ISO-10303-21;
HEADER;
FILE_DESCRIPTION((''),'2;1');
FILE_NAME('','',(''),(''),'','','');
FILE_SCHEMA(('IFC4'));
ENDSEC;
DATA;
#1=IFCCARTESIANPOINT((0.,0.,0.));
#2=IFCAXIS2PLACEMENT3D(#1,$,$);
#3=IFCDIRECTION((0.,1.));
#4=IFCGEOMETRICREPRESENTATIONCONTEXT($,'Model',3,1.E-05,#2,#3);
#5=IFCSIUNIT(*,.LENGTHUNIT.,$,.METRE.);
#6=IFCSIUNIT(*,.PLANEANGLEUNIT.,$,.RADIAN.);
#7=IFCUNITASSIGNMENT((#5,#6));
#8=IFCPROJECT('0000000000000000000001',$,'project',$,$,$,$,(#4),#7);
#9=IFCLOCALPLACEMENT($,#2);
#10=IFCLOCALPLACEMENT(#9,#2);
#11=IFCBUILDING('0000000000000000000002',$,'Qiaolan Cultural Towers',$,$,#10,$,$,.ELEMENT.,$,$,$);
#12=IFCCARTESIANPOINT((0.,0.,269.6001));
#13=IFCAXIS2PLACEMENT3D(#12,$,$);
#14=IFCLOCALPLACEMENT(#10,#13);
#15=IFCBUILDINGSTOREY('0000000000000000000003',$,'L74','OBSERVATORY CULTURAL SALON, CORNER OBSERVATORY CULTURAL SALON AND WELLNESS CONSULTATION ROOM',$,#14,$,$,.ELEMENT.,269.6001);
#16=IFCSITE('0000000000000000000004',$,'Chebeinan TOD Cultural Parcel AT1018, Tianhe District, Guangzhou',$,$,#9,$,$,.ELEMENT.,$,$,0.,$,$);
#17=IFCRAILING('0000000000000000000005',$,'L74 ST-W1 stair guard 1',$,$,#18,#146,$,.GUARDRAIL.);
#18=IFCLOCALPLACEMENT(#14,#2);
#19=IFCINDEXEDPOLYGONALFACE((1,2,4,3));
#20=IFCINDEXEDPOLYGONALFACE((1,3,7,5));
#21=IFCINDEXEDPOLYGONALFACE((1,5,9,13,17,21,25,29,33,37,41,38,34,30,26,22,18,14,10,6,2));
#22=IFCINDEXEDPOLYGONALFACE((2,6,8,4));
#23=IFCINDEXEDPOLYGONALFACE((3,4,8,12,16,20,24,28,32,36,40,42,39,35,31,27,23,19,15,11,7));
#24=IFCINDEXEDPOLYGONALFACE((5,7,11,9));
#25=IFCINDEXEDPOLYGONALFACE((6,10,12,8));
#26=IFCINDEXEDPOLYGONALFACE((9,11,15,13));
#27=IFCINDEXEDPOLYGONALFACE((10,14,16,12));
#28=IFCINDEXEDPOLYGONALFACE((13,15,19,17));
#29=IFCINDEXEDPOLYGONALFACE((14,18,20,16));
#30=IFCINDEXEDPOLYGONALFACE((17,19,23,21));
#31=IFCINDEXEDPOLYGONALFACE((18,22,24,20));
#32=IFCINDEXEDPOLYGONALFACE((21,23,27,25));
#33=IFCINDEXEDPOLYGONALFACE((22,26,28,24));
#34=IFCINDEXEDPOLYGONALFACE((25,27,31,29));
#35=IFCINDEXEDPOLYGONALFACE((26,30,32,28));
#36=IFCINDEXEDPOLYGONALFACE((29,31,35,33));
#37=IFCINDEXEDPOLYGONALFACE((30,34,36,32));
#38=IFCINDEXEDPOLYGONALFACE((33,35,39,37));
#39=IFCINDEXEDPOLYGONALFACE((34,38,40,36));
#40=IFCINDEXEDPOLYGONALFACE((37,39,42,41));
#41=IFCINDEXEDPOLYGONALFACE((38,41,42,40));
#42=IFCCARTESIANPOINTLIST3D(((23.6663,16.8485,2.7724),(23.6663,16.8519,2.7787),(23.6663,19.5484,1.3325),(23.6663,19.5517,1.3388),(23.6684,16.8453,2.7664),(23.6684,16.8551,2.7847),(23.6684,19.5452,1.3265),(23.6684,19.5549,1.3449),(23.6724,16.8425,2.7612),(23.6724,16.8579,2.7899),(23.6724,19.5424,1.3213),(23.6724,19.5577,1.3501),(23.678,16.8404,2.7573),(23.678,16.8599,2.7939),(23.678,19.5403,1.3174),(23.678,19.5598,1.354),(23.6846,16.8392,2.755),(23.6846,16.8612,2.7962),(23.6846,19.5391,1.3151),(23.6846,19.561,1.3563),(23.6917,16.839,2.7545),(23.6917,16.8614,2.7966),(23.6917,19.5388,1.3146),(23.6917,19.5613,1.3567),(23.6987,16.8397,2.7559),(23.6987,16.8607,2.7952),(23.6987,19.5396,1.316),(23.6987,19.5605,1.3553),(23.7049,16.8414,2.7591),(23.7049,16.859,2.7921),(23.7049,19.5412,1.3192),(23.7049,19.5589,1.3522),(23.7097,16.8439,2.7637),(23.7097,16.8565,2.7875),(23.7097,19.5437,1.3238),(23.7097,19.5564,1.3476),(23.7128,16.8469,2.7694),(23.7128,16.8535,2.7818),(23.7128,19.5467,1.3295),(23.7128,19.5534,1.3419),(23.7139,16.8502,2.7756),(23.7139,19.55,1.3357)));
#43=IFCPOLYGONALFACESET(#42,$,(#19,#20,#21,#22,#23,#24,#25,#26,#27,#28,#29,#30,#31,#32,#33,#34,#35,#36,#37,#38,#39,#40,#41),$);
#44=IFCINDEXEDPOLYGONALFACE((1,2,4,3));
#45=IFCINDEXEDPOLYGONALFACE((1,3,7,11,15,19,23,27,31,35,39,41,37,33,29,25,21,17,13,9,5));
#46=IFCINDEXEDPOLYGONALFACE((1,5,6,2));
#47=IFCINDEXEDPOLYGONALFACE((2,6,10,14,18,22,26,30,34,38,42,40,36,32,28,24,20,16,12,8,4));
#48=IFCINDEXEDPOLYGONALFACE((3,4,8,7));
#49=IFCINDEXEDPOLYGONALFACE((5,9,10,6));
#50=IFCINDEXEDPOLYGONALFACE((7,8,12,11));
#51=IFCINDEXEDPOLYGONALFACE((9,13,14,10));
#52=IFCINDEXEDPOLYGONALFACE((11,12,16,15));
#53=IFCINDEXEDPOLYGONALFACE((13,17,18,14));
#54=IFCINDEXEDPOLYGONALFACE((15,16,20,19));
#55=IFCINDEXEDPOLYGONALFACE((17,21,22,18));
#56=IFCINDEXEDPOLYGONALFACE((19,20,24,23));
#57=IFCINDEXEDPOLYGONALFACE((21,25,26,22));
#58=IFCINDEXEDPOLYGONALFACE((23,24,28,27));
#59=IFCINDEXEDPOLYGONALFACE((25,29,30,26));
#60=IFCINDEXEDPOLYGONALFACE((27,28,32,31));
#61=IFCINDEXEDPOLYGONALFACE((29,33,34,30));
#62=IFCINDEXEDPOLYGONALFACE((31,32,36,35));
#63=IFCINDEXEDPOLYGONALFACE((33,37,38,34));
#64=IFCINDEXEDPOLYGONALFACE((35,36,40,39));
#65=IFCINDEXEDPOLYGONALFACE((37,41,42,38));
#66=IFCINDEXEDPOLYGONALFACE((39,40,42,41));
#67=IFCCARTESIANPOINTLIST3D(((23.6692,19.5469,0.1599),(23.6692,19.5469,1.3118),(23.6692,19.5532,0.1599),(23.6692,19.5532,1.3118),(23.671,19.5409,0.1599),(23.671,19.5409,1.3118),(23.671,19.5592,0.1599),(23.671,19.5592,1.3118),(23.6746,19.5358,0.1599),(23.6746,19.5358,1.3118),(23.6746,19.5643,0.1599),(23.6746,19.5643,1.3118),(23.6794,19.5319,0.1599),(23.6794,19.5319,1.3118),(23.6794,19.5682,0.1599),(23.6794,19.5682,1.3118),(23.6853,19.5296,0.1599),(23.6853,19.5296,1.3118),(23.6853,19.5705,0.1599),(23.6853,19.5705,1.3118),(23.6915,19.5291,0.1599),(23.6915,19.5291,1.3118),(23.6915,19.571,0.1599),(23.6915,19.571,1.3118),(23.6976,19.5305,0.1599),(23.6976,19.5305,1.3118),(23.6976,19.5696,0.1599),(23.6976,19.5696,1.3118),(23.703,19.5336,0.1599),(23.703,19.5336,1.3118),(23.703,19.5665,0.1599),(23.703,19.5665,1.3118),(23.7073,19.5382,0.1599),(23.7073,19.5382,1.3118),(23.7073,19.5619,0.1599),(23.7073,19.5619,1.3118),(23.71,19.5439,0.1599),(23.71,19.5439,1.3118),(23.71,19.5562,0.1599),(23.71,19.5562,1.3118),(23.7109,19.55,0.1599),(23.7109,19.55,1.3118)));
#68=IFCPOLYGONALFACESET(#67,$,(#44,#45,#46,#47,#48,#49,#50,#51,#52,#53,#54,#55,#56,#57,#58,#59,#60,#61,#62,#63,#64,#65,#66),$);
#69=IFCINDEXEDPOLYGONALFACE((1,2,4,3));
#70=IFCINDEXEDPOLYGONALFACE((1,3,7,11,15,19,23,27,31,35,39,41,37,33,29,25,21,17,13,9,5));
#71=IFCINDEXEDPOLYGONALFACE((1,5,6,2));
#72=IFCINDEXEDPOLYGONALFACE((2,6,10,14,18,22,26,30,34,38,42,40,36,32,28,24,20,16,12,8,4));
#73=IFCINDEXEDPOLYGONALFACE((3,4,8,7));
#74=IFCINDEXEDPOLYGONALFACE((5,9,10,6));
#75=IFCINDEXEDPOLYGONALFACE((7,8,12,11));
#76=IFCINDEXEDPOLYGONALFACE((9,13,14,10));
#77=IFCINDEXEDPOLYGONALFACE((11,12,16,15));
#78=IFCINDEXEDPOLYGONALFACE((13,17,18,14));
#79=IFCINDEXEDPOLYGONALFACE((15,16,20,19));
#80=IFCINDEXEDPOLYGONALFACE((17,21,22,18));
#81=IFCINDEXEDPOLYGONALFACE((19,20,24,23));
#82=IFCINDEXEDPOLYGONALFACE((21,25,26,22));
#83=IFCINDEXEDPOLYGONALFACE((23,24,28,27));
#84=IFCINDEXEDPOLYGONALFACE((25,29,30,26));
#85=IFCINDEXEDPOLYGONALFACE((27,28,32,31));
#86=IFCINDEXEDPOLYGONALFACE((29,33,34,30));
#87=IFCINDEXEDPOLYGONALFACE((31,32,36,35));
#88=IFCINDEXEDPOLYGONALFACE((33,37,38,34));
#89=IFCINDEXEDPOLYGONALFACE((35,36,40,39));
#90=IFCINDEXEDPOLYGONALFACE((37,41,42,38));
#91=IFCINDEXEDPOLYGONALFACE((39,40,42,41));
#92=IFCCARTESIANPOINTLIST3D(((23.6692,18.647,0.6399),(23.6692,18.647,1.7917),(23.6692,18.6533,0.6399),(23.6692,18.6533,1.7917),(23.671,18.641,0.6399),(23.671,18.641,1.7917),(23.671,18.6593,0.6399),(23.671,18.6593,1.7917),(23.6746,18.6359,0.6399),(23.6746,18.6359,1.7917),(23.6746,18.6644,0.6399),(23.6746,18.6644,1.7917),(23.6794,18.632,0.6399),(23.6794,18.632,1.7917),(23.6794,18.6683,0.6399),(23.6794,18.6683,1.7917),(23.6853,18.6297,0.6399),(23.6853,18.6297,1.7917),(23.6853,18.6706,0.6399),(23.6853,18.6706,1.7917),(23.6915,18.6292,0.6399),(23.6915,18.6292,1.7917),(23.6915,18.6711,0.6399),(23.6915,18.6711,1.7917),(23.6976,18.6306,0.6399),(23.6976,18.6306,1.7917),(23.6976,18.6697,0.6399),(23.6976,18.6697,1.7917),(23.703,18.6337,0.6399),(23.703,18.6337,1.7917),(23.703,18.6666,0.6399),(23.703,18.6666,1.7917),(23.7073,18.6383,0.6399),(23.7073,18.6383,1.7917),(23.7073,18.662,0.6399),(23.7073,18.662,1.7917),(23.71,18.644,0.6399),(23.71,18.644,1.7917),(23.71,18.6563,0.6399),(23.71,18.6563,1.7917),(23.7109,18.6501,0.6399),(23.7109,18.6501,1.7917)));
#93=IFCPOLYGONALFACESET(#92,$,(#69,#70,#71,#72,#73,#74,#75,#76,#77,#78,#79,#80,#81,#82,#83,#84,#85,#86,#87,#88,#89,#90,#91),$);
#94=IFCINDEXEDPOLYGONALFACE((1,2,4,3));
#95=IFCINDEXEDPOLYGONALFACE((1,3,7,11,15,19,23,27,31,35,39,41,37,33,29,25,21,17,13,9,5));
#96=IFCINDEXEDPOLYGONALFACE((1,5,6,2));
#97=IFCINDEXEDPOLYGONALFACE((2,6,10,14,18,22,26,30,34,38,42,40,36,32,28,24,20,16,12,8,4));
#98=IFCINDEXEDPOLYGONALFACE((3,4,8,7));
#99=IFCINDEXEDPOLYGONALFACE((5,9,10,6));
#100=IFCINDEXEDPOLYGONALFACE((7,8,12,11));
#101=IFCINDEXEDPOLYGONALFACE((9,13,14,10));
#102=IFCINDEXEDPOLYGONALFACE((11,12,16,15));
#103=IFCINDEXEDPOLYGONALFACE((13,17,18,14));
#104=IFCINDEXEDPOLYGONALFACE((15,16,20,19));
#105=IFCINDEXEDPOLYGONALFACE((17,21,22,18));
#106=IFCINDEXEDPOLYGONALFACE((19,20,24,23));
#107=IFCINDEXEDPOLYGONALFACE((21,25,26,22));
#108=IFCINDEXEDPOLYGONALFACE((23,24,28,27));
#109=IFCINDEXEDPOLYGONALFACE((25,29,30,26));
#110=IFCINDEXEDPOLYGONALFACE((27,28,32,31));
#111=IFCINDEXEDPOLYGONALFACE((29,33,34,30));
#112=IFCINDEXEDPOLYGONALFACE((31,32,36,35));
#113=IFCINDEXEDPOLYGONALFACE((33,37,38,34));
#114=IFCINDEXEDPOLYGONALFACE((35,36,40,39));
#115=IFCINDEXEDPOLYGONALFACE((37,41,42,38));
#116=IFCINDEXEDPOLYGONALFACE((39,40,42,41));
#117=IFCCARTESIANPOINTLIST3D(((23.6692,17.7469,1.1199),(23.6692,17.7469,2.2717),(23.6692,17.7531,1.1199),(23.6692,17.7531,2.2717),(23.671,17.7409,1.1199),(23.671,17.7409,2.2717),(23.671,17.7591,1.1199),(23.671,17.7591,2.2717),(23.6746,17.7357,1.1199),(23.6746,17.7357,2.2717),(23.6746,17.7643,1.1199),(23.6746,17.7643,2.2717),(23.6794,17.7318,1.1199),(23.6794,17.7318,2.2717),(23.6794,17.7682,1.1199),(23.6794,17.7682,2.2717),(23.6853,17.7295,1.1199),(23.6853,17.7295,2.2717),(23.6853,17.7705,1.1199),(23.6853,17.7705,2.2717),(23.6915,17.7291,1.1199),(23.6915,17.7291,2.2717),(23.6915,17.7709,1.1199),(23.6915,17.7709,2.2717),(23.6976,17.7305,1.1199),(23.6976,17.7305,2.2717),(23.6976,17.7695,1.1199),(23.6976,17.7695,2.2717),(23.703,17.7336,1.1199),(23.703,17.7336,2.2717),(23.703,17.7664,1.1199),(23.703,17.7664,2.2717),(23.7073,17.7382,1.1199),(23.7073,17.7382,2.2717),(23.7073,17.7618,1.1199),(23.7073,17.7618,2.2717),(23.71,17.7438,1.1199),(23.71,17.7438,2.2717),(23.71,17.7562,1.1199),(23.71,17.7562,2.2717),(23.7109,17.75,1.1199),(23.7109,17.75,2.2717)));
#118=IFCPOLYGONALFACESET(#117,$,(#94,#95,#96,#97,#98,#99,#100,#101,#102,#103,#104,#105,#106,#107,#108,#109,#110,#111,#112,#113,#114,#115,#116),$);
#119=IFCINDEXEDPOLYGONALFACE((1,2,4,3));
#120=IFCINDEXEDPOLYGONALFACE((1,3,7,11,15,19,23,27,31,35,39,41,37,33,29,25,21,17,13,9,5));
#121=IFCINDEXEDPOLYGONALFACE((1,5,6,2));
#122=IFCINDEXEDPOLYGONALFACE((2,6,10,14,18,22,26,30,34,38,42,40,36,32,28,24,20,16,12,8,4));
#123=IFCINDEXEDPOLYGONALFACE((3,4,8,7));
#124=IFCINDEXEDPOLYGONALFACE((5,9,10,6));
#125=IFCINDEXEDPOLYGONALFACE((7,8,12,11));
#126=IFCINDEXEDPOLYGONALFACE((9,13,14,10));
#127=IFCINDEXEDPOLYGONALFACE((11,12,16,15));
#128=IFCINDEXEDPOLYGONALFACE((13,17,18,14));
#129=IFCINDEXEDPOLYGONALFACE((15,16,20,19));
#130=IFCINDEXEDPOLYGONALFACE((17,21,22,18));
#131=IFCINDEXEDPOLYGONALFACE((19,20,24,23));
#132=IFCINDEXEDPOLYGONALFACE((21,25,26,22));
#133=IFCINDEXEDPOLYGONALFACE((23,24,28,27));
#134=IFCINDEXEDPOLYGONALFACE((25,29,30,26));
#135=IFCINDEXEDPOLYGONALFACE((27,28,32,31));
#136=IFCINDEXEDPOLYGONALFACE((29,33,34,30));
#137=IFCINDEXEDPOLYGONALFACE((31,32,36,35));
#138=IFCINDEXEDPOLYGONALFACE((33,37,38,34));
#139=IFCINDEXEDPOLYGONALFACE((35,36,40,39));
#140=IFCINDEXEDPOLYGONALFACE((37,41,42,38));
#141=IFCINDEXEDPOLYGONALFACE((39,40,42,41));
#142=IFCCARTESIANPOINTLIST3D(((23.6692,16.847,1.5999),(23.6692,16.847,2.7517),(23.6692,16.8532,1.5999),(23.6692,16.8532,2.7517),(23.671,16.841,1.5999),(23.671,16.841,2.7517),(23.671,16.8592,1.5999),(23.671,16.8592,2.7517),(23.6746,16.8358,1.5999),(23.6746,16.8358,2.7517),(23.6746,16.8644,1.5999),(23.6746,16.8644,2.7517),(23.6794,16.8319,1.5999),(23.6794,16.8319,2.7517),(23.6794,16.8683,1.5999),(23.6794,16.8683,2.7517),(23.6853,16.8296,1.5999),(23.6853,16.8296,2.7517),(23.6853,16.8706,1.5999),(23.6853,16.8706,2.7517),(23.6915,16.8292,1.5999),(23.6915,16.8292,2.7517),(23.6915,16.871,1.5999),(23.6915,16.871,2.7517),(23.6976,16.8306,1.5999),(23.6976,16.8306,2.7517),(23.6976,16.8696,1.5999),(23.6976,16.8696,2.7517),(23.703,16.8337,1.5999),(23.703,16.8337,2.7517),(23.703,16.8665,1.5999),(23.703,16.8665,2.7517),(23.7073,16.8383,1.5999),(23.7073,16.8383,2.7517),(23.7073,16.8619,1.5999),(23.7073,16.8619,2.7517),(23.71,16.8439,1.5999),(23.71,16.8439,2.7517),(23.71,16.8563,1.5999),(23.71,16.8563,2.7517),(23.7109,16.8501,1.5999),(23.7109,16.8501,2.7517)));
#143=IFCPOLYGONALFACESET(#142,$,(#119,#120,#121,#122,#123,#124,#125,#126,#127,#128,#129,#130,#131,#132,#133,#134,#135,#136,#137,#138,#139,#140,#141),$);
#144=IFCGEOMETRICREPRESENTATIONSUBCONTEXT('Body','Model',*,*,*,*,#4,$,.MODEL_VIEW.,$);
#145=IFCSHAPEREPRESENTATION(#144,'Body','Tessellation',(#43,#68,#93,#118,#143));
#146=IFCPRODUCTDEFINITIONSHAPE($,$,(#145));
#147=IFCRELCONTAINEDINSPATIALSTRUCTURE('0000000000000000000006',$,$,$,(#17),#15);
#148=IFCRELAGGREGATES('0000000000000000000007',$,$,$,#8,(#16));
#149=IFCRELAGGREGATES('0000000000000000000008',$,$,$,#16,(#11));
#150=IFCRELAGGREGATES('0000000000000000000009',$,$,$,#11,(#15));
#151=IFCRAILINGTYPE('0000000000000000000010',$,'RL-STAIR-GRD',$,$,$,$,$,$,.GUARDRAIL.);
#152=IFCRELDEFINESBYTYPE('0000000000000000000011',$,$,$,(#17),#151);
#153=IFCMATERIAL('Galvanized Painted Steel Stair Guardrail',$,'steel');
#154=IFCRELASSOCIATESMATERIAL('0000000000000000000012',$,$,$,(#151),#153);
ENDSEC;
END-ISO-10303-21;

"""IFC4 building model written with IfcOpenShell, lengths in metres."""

from ifc_helpers import new_model, si_unit, direction, frame, origin, origin_2d, place, context, subcontext, project, spatial, circle, extrude, material, type_object, element, save


model = new_model("IFC4")

# Units and contexts
model_context = context("Model", 3, precision=1e-05, world=origin(), true_north=direction((0.0, 1.0)))
body_context = subcontext(model_context, "Body", "Model", "MODEL_VIEW")
ifc_project = project(units=[si_unit("LENGTHUNIT", "METRE"), si_unit("PLANEANGLEUNIT", "RADIAN")], contexts=[model_context])

# Site, building, storey
site_placement = place(None, origin())
site = spatial("IfcSite", under=ifc_project, at=site_placement, Name="Chebeinan TOD Cultural Parcel AT1018, Tianhe District, Guangzhou", CompositionType="ELEMENT", RefElevation=0.0)
building_placement = place(site_placement, origin())
building = spatial("IfcBuilding", under=site, at=building_placement, Name="Qiaolan Cultural Towers", CompositionType="ELEMENT")
storey_placement = place(building_placement, frame((0.0, 0.0, 269.6001)))
storey = spatial("IfcBuildingStorey", under=building, at=storey_placement, Name="L74", Description="OBSERVATORY CULTURAL SALON, CORNER OBSERVATORY CULTURAL SALON AND WELLNESS CONSULTATION ROOM", CompositionType="ELEMENT", Elevation=269.6001)

# Railing
ifc_material_1 = material(Name="Galvanized Painted Steel Stair Guardrail", Category="steel")
railing_type_1 = type_object("IfcRailingType", Name="RL-STAIR-GRD", PredefinedType="GUARDRAIL", material=ifc_material_1)
railing_1_placement = place(storey_placement, frame((23.6899, 19.55, 0.1599)))
element("IfcRailing", 1, at=railing_1_placement, inside=storey, type_object=railing_type_1, Name="L74 ST-W1 stair guard 1", PredefinedType="GUARDRAIL", context=body_context, shape_type="SweptSolid", body=[
    extrude(circle(Radius=0.0239, at=origin_2d()), frame((0.0, 0.0, 1.1758), z_axis=(0.0, -0.882357, 0.47058), x_axis=(1.0, 0.0, 0.0)), (0.0, 0.0, 1.0), 3.0598),
    extrude(circle(Radius=0.021, at=origin_2d()), origin(), (0.0, 0.0, 1.0), 1.1519),
    extrude(circle(Radius=0.021, at=origin_2d()), frame((0.0, -0.8999, 0.48)), (0.0, 0.0, 1.0), 1.1519),
    extrude(circle(Radius=0.021, at=origin_2d()), frame((0.0, -1.8, 0.96)), (0.0, 0.0, 1.0), 1.1519),
    extrude(circle(Radius=0.021, at=origin_2d()), frame((0.0, -2.7, 1.4399)), (0.0, 0.0, 1.0), 1.1519),
])

save(model, "model.ifc")
